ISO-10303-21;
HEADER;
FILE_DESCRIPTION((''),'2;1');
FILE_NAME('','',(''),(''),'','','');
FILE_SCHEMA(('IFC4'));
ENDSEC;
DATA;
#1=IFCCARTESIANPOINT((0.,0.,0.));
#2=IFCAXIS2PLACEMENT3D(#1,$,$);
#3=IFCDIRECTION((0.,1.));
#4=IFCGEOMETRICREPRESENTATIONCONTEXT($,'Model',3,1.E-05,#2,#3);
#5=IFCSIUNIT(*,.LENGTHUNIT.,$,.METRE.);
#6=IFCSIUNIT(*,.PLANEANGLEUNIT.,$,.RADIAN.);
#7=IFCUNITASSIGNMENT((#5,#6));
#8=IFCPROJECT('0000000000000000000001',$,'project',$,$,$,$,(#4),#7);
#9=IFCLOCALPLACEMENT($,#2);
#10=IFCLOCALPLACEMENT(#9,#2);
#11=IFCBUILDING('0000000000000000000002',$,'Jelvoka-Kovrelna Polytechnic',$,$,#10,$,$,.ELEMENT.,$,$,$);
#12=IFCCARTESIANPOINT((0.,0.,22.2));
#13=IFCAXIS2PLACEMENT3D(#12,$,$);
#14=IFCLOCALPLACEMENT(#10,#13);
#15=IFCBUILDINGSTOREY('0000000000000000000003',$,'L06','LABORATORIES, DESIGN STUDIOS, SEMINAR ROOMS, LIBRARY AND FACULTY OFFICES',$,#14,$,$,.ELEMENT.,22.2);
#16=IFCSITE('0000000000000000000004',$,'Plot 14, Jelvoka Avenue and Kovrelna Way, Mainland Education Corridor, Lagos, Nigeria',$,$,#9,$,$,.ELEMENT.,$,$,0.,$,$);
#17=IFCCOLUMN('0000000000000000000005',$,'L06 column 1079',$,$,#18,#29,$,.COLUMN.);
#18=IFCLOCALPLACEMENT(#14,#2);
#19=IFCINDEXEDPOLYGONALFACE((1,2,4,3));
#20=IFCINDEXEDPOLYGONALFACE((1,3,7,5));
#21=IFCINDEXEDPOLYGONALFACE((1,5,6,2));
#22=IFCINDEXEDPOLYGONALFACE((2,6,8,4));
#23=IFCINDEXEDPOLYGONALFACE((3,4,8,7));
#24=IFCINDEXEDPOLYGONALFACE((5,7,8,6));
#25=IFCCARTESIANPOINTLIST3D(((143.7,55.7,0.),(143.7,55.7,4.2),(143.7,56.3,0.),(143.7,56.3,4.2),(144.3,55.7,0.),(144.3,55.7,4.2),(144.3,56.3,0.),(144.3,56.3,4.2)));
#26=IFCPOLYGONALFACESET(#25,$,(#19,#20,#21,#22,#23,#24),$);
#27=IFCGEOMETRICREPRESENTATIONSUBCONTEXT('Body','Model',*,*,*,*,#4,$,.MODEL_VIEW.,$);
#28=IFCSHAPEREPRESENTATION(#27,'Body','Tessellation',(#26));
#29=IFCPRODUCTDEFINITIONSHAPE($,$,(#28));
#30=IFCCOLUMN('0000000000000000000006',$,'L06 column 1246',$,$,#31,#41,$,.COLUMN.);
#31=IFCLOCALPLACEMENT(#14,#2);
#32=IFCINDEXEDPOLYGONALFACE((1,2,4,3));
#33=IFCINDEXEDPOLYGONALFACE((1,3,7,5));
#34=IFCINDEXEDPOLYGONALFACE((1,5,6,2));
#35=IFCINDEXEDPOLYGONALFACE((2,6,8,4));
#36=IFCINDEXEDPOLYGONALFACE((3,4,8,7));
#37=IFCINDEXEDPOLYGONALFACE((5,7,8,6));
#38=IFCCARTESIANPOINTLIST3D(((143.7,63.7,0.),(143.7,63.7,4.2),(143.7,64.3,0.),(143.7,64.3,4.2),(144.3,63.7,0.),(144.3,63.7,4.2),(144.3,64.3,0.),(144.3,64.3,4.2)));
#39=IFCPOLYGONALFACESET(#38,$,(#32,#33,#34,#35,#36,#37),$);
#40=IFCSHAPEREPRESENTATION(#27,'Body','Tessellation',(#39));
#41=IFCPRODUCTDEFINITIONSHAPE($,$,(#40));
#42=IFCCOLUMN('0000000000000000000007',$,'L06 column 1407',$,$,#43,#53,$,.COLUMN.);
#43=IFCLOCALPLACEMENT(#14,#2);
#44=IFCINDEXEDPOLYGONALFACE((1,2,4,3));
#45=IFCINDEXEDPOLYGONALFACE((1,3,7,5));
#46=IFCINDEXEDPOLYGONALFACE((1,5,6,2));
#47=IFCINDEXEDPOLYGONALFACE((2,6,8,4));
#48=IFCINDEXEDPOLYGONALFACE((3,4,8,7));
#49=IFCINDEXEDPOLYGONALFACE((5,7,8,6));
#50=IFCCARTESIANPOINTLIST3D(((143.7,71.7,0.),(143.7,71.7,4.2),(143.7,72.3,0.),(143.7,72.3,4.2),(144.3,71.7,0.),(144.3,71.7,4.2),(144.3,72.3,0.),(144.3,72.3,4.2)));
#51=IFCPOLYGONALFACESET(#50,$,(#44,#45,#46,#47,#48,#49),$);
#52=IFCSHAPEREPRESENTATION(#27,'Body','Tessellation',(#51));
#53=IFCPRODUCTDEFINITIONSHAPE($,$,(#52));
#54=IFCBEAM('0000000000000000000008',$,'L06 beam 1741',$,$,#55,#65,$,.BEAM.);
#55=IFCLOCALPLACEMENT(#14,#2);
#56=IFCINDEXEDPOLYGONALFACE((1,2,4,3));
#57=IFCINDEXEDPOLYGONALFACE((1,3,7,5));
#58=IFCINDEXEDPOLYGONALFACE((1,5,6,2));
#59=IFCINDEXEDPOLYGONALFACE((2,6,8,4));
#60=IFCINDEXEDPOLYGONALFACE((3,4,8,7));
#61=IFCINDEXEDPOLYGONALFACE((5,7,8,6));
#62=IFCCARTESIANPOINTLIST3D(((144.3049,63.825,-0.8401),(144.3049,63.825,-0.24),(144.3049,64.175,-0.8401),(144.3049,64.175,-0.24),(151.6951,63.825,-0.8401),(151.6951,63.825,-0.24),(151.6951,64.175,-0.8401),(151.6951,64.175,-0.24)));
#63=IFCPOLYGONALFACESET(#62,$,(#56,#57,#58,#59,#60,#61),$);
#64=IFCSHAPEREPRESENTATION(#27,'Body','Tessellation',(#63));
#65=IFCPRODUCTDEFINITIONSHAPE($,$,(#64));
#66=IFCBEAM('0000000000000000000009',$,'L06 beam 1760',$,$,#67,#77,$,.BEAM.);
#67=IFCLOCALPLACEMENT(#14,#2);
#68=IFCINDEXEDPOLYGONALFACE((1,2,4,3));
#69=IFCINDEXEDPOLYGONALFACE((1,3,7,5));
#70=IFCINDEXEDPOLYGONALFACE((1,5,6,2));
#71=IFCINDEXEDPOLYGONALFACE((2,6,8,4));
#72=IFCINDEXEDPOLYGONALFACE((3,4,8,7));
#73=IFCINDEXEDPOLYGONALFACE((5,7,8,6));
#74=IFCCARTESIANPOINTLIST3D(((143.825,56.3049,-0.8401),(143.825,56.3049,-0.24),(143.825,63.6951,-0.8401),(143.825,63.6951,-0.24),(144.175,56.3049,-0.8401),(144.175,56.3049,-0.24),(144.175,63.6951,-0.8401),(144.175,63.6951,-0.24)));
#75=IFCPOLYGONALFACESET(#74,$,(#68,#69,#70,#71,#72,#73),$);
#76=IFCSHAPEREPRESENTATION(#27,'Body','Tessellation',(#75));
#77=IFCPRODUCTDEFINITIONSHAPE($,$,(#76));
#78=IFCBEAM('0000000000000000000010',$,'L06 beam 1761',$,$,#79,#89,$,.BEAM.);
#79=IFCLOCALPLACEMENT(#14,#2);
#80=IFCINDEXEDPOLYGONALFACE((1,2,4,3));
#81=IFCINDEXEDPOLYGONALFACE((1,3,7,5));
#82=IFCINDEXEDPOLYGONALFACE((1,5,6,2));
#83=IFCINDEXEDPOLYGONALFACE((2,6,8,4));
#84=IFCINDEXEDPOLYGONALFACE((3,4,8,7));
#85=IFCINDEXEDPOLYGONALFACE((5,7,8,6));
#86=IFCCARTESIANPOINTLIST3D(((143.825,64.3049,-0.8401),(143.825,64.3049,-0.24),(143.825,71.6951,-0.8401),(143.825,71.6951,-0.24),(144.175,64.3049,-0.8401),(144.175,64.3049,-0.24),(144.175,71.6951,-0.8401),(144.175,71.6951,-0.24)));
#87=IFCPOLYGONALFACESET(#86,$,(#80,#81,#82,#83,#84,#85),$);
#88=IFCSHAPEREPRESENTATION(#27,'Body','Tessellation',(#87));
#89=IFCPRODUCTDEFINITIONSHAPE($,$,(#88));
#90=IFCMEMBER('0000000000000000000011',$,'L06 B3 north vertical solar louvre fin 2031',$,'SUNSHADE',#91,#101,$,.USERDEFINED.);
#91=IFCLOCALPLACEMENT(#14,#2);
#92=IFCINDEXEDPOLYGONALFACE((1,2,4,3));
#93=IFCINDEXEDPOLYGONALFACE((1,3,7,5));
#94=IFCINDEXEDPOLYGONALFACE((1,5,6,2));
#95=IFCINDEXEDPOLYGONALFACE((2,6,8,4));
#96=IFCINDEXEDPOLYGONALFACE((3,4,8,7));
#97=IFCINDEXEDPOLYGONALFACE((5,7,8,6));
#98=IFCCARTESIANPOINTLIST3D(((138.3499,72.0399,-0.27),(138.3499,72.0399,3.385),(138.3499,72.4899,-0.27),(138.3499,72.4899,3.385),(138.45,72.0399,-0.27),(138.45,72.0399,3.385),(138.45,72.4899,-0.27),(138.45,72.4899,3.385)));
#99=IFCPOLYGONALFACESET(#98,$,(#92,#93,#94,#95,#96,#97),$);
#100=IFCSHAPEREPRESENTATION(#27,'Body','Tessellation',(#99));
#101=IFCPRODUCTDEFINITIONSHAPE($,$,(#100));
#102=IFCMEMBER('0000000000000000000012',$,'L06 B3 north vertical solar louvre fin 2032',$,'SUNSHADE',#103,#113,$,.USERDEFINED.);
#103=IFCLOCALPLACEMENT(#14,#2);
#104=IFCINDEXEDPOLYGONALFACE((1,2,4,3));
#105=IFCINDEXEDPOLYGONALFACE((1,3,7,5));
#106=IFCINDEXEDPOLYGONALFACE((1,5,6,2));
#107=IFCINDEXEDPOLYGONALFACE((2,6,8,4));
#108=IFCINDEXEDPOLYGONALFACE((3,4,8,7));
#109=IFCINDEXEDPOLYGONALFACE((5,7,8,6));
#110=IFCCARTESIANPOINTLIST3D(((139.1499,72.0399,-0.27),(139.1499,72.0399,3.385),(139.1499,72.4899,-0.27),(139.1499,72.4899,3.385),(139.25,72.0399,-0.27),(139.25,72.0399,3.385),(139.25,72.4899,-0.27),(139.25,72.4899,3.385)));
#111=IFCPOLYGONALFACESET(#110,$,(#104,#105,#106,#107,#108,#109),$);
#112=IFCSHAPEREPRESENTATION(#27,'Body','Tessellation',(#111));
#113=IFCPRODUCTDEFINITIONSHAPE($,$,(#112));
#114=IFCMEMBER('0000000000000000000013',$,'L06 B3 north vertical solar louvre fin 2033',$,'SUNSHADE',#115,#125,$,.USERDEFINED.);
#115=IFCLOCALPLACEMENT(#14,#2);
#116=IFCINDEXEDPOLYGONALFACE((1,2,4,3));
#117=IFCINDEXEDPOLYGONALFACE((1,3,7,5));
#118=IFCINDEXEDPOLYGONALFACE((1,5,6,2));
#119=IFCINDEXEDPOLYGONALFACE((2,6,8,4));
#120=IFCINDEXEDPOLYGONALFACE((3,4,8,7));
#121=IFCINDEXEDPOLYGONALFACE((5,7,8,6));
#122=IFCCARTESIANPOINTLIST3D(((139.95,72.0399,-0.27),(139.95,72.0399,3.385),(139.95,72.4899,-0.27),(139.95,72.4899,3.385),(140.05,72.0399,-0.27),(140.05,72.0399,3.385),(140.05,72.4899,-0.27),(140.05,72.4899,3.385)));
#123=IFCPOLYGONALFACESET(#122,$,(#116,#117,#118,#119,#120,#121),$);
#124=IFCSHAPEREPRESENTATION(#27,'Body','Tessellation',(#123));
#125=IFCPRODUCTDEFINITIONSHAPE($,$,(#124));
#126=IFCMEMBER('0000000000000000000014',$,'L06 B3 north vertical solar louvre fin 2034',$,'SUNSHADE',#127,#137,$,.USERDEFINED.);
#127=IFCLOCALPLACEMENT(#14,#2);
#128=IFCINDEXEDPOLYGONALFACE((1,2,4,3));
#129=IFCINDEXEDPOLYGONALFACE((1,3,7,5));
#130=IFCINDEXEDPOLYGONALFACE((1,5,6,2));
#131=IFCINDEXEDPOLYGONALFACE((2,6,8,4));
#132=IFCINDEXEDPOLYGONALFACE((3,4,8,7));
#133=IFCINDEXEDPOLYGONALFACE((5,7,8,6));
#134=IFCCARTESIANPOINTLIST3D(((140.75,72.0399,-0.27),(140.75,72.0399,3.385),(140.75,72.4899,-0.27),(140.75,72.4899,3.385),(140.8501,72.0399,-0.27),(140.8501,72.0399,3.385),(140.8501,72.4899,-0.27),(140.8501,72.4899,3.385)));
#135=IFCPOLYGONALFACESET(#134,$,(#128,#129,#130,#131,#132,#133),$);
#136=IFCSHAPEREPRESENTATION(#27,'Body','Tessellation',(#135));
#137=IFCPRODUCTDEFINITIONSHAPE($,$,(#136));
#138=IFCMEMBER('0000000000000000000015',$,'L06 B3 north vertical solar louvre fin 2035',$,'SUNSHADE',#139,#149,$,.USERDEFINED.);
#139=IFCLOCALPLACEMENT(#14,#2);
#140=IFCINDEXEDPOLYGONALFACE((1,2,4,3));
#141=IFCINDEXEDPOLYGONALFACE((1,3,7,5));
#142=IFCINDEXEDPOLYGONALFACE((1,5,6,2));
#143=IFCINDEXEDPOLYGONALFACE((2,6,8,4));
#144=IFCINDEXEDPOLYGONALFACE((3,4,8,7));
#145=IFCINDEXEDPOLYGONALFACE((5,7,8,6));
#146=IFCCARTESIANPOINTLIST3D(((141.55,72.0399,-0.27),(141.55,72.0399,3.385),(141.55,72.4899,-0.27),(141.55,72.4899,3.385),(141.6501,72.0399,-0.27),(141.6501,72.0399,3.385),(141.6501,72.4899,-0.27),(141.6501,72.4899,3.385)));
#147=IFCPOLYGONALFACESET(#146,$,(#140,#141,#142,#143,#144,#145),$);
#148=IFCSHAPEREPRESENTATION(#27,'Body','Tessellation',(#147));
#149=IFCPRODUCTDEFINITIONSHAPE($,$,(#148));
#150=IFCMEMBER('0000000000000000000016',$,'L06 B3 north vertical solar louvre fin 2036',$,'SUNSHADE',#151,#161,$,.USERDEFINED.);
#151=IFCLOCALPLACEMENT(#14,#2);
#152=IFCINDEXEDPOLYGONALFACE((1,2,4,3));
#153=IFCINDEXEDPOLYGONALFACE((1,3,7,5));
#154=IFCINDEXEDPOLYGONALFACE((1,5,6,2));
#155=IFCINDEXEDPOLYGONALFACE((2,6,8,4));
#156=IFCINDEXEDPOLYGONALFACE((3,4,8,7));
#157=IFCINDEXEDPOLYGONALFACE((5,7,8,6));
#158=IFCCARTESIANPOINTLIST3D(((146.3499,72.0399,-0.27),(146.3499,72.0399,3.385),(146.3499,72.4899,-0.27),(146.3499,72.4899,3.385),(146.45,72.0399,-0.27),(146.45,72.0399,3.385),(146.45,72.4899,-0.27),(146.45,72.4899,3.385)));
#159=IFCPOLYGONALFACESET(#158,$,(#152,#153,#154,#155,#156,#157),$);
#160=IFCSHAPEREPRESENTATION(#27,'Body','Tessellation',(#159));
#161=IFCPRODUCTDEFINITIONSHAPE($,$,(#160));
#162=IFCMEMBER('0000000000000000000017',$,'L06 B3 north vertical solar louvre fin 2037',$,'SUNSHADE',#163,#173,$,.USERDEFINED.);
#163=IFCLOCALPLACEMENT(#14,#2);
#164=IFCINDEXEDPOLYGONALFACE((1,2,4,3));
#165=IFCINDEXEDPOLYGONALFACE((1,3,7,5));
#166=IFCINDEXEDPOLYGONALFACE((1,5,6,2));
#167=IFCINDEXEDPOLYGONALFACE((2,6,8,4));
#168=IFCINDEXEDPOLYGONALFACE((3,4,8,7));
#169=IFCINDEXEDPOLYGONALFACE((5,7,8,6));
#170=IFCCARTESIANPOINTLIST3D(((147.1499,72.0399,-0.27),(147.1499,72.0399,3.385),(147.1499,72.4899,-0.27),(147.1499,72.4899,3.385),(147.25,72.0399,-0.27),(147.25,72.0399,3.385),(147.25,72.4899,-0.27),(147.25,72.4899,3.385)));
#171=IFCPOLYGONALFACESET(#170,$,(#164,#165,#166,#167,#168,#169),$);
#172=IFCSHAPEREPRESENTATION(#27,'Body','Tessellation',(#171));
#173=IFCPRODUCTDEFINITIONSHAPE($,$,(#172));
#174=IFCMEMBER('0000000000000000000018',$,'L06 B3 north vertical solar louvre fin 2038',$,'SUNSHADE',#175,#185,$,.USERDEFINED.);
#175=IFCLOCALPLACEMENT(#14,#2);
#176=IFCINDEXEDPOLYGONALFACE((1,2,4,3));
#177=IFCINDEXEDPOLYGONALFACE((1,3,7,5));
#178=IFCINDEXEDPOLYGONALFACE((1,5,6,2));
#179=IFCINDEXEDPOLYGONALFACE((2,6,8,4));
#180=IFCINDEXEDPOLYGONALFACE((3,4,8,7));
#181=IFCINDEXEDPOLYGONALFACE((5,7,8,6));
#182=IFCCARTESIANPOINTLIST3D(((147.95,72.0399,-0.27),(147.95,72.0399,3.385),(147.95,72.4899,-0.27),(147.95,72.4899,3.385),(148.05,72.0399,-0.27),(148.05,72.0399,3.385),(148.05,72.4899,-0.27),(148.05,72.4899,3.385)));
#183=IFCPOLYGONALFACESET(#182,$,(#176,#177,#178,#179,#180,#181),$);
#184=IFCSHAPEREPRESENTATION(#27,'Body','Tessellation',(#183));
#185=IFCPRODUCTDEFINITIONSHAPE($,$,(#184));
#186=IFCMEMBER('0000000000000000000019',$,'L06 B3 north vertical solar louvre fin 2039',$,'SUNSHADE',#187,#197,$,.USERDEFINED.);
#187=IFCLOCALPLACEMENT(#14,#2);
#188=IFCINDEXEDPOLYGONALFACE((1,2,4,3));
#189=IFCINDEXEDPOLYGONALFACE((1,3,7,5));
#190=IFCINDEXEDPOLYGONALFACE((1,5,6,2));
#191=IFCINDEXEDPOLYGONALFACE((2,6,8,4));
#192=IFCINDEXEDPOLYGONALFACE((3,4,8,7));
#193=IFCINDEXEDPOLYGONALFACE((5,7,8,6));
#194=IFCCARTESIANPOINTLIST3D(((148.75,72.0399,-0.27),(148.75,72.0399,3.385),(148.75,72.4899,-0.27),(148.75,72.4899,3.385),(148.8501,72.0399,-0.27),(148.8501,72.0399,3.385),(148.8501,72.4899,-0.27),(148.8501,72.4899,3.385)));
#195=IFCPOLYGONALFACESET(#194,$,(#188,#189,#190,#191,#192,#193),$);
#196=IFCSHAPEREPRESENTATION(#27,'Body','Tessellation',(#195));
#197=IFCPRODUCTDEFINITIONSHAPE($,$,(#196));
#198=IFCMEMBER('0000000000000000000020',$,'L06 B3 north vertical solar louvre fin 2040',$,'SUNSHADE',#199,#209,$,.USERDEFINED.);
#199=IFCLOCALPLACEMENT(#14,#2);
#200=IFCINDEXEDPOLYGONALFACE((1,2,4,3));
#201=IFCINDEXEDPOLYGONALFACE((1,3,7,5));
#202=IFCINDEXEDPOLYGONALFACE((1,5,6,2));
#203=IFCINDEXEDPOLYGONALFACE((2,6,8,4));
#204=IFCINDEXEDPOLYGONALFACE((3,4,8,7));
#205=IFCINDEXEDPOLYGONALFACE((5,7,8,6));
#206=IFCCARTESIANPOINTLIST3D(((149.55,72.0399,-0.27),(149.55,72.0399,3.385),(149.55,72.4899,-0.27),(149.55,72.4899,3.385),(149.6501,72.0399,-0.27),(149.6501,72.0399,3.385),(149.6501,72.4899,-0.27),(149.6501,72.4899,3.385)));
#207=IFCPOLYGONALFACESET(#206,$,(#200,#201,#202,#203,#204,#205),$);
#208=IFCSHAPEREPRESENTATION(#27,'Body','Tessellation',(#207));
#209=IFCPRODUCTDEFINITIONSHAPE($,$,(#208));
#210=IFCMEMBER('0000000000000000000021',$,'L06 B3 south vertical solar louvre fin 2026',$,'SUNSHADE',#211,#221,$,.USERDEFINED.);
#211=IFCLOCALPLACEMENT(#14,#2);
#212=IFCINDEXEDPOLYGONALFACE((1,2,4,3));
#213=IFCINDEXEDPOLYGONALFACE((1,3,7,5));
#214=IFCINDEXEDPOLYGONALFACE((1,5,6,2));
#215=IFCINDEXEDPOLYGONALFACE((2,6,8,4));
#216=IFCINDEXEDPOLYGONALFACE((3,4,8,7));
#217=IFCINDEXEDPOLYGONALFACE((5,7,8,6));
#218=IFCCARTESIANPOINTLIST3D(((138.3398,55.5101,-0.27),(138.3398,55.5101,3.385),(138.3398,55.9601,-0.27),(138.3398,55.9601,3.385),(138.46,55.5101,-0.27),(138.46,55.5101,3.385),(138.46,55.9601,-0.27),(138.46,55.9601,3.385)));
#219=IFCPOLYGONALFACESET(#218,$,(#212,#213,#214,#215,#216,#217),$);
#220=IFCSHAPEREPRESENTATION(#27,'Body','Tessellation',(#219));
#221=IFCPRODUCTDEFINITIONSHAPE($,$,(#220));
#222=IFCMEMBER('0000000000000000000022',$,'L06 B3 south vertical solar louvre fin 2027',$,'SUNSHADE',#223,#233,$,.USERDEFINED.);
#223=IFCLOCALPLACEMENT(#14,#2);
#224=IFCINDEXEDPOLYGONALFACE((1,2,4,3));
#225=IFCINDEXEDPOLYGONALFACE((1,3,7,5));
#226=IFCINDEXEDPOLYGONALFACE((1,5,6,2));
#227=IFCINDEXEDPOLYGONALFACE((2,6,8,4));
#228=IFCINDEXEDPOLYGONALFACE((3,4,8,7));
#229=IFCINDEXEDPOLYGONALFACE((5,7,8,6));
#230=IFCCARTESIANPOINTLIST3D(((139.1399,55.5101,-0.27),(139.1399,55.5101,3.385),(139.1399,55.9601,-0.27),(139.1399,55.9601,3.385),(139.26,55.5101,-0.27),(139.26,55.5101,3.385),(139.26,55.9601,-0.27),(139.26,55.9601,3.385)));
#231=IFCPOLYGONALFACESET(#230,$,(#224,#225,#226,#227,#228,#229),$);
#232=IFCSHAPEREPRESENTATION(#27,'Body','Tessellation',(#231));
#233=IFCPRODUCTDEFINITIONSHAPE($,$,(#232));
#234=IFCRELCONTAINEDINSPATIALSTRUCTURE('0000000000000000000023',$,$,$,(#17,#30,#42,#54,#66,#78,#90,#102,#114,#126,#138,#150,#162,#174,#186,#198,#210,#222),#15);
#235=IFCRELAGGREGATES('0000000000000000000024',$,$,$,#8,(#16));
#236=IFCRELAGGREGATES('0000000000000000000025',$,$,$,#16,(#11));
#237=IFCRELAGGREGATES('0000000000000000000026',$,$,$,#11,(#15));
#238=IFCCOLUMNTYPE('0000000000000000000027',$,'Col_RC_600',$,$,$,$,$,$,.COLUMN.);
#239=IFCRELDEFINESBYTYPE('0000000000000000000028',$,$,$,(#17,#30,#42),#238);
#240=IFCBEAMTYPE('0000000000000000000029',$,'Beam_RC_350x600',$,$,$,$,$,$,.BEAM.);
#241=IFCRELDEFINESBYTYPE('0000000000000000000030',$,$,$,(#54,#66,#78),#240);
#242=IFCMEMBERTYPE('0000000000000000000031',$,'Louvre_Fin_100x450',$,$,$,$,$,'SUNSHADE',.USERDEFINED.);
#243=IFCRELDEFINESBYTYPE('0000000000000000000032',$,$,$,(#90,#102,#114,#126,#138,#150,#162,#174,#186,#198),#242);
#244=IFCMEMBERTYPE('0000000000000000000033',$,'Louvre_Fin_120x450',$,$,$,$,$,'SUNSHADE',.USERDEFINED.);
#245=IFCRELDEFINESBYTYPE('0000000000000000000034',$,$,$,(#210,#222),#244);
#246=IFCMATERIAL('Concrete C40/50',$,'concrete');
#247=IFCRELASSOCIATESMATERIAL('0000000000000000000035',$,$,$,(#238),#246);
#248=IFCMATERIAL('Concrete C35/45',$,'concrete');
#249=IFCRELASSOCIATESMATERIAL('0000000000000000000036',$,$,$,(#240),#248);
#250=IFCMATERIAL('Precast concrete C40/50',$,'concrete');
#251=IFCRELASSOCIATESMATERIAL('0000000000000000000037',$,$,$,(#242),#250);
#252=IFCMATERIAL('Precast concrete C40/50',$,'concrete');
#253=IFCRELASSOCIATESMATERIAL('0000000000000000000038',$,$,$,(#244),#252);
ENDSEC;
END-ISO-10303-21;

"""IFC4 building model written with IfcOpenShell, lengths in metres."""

from ifc_helpers import new_model, si_unit, direction, frame, origin, origin_2d, place, context, subcontext, project, spatial, rectangle, extrude, material, material_profile, profile_set, type_object, element, save


model = new_model("IFC4")

# Units and contexts
model_context = context("Model", 3, precision=1e-05, world=origin(), true_north=direction((0.0, 1.0)))
body_context = subcontext(model_context, "Body", "Model", "MODEL_VIEW")
ifc_project = project(units=[si_unit("LENGTHUNIT", "METRE"), si_unit("PLANEANGLEUNIT", "RADIAN")], contexts=[model_context])

# Site, building, storey
site_placement = place(None, origin())
site = spatial("IfcSite", under=ifc_project, at=site_placement, Name="Plot 14, Jelvoka Avenue and Kovrelna Way, Mainland Education Corridor, Lagos, Nigeria", CompositionType="ELEMENT", RefElevation=0.0)
building_placement = place(site_placement, origin())
building = spatial("IfcBuilding", under=site, at=building_placement, Name="Jelvoka-Kovrelna Polytechnic", CompositionType="ELEMENT")
storey_placement = place(building_placement, frame((0.0, 0.0, 22.2)))
storey = spatial("IfcBuildingStorey", under=building, at=storey_placement, Name="L06", Description="LABORATORIES, DESIGN STUDIOS, SEMINAR ROOMS, LIBRARY AND FACULTY OFFICES", CompositionType="ELEMENT", Elevation=22.2)

# Columns
ifc_material_1 = material(Name="Concrete C40/50", Category="concrete")
ifc_material_profile_1 = material_profile(ifc_material_1, rectangle(XDim=0.6001, YDim=0.6001, at=origin_2d()), Name="RC 600x600")
ifc_profile_set_1 = profile_set([ifc_material_profile_1], Name="Concrete C40/50")
column_type = type_object("IfcColumnType", Name="Col_RC_600", PredefinedType="COLUMN", material=ifc_profile_set_1)
for number, where, z_axis, x_axis, name in (
    (1, (144.0, 56.0, 0.0), (0.0, 0.0, 1.0), (1.0, 0.0, 0.0), "L06 column 1079"),
    (2, (144.0, 64.0, 0.0), (0.0, 0.0, 1.0), (1.0, 0.0, 0.0), "L06 column 1246"),
    (3, (144.0, 72.0, 0.0), (0.0, 0.0, 1.0), (1.0, 0.0, 0.0), "L06 column 1407"),
):
    element("IfcColumn", number, at=place(storey_placement, frame(where, z_axis=z_axis, x_axis=x_axis)), inside=storey, type_object=column_type, Name=name, PredefinedType="COLUMN", context=body_context, shape_type="SweptSolid", body=[
        extrude(rectangle(XDim=0.6001, YDim=0.6001, at=origin_2d()), origin(), (0.0, 0.0, 1.0), 4.2),
    ])

# Beams
ifc_material_2 = material(Name="Concrete C35/45", Category="concrete")
ifc_material_profile_2 = material_profile(ifc_material_2, rectangle(XDim=0.3501, YDim=0.6001, at=origin_2d()), Name="RC 350x600")
ifc_profile_set_2 = profile_set([ifc_material_profile_2], Name="Concrete C35/45")
beam_type_1 = type_object("IfcBeamType", Name="Beam_RC_350x600", PredefinedType="BEAM", material=ifc_profile_set_2)
for number, where, z_axis, x_axis, name in (
    (4, (144.3049, 64.0, -0.54), (1.0, 0.0, 0.0), (0.0, 1.0, 0.0), "L06 beam 1741"),
    (5, (144.0, 56.3049, -0.54), (0.0, 1.0, 0.0), (-1.0, 0.0, 0.0), "L06 beam 1760"),
    (6, (144.0, 64.3049, -0.54), (0.0, 1.0, 0.0), (-1.0, 0.0, 0.0), "L06 beam 1761"),
):
    element("IfcBeam", number, at=place(storey_placement, frame(where, z_axis=z_axis, x_axis=x_axis)), inside=storey, type_object=beam_type_1, Name=name, PredefinedType="BEAM", context=body_context, shape_type="SweptSolid", body=[
        extrude(rectangle(XDim=0.3501, YDim=0.6001, at=origin_2d()), origin(), (0.0, 0.0, 1.0), 7.3901),
    ])

# Members
ifc_material_3 = material(Name="Precast concrete C40/50", Category="concrete")
ifc_material_profile_3 = material_profile(ifc_material_3, rectangle(XDim=0.1001, YDim=0.45, at=origin_2d()), Name="PC 100x450")
ifc_profile_set_3 = profile_set([ifc_material_profile_3], Name="Precast concrete C40/50")
member_type_1 = type_object("IfcMemberType", Name="Louvre_Fin_100x450", ElementType="SUNSHADE", PredefinedType="USERDEFINED", material=ifc_profile_set_3)
for number, where, z_axis, x_axis, name in (
    (7, (138.3999, 72.2649, -0.27), (0.0, 0.0, 1.0), (1.0, 0.0, 0.0), "L06 B3 north vertical solar louvre fin 2031"),
    (8, (139.2, 72.2649, -0.27), (0.0, 0.0, 1.0), (1.0, 0.0, 0.0), "L06 B3 north vertical solar louvre fin 2032"),
    (9, (140.0, 72.2649, -0.27), (0.0, 0.0, 1.0), (1.0, 0.0, 0.0), "L06 B3 north vertical solar louvre fin 2033"),
    (10, (140.8, 72.2649, -0.27), (0.0, 0.0, 1.0), (1.0, 0.0, 0.0), "L06 B3 north vertical solar louvre fin 2034"),
    (11, (141.6001, 72.2649, -0.27), (0.0, 0.0, 1.0), (1.0, 0.0, 0.0), "L06 B3 north vertical solar louvre fin 2035"),
    (12, (146.3999, 72.2649, -0.27), (0.0, 0.0, 1.0), (1.0, 0.0, 0.0), "L06 B3 north vertical solar louvre fin 2036"),
    (13, (147.2, 72.2649, -0.27), (0.0, 0.0, 1.0), (1.0, 0.0, 0.0), "L06 B3 north vertical solar louvre fin 2037"),
    (14, (148.0, 72.2649, -0.27), (0.0, 0.0, 1.0), (1.0, 0.0, 0.0), "L06 B3 north vertical solar louvre fin 2038"),
    (15, (148.8, 72.2649, -0.27), (0.0, 0.0, 1.0), (1.0, 0.0, 0.0), "L06 B3 north vertical solar louvre fin 2039"),
    (16, (149.6001, 72.2649, -0.27), (0.0, 0.0, 1.0), (1.0, 0.0, 0.0), "L06 B3 north vertical solar louvre fin 2040"),
):
    element("IfcMember", number, at=place(storey_placement, frame(where, z_axis=z_axis, x_axis=x_axis)), inside=storey, type_object=member_type_1, Name=name, ObjectType="SUNSHADE", PredefinedType="USERDEFINED", context=body_context, shape_type="SweptSolid", body=[
        extrude(rectangle(XDim=0.1001, YDim=0.45, at=origin_2d()), origin(), (0.0, 0.0, 1.0), 3.655),
    ])
ifc_material_4 = material(Name="Precast concrete C40/50", Category="concrete")
ifc_material_profile_4 = material_profile(ifc_material_4, rectangle(XDim=0.1201, YDim=0.45, at=origin_2d()), Name="PC 120x450")
ifc_profile_set_4 = profile_set([ifc_material_profile_4], Name="Precast concrete C40/50")
member_type_2 = type_object("IfcMemberType", Name="Louvre_Fin_120x450", ElementType="SUNSHADE", PredefinedType="USERDEFINED", material=ifc_profile_set_4)
for number, where, z_axis, x_axis, name in (
    (17, (138.3999, 55.7351, -0.27), (0.0, 0.0, 1.0), (1.0, 0.0, 0.0), "L06 B3 south vertical solar louvre fin 2026"),
    (18, (139.2, 55.7351, -0.27), (0.0, 0.0, 1.0), (1.0, 0.0, 0.0), "L06 B3 south vertical solar louvre fin 2027"),
):
    element("IfcMember", number, at=place(storey_placement, frame(where, z_axis=z_axis, x_axis=x_axis)), inside=storey, type_object=member_type_2, Name=name, ObjectType="SUNSHADE", PredefinedType="USERDEFINED", context=body_context, shape_type="SweptSolid", body=[
        extrude(rectangle(XDim=0.1201, YDim=0.45, at=origin_2d()), origin(), (0.0, 0.0, 1.0), 3.655),
    ])

save(model, "model.ifc")
